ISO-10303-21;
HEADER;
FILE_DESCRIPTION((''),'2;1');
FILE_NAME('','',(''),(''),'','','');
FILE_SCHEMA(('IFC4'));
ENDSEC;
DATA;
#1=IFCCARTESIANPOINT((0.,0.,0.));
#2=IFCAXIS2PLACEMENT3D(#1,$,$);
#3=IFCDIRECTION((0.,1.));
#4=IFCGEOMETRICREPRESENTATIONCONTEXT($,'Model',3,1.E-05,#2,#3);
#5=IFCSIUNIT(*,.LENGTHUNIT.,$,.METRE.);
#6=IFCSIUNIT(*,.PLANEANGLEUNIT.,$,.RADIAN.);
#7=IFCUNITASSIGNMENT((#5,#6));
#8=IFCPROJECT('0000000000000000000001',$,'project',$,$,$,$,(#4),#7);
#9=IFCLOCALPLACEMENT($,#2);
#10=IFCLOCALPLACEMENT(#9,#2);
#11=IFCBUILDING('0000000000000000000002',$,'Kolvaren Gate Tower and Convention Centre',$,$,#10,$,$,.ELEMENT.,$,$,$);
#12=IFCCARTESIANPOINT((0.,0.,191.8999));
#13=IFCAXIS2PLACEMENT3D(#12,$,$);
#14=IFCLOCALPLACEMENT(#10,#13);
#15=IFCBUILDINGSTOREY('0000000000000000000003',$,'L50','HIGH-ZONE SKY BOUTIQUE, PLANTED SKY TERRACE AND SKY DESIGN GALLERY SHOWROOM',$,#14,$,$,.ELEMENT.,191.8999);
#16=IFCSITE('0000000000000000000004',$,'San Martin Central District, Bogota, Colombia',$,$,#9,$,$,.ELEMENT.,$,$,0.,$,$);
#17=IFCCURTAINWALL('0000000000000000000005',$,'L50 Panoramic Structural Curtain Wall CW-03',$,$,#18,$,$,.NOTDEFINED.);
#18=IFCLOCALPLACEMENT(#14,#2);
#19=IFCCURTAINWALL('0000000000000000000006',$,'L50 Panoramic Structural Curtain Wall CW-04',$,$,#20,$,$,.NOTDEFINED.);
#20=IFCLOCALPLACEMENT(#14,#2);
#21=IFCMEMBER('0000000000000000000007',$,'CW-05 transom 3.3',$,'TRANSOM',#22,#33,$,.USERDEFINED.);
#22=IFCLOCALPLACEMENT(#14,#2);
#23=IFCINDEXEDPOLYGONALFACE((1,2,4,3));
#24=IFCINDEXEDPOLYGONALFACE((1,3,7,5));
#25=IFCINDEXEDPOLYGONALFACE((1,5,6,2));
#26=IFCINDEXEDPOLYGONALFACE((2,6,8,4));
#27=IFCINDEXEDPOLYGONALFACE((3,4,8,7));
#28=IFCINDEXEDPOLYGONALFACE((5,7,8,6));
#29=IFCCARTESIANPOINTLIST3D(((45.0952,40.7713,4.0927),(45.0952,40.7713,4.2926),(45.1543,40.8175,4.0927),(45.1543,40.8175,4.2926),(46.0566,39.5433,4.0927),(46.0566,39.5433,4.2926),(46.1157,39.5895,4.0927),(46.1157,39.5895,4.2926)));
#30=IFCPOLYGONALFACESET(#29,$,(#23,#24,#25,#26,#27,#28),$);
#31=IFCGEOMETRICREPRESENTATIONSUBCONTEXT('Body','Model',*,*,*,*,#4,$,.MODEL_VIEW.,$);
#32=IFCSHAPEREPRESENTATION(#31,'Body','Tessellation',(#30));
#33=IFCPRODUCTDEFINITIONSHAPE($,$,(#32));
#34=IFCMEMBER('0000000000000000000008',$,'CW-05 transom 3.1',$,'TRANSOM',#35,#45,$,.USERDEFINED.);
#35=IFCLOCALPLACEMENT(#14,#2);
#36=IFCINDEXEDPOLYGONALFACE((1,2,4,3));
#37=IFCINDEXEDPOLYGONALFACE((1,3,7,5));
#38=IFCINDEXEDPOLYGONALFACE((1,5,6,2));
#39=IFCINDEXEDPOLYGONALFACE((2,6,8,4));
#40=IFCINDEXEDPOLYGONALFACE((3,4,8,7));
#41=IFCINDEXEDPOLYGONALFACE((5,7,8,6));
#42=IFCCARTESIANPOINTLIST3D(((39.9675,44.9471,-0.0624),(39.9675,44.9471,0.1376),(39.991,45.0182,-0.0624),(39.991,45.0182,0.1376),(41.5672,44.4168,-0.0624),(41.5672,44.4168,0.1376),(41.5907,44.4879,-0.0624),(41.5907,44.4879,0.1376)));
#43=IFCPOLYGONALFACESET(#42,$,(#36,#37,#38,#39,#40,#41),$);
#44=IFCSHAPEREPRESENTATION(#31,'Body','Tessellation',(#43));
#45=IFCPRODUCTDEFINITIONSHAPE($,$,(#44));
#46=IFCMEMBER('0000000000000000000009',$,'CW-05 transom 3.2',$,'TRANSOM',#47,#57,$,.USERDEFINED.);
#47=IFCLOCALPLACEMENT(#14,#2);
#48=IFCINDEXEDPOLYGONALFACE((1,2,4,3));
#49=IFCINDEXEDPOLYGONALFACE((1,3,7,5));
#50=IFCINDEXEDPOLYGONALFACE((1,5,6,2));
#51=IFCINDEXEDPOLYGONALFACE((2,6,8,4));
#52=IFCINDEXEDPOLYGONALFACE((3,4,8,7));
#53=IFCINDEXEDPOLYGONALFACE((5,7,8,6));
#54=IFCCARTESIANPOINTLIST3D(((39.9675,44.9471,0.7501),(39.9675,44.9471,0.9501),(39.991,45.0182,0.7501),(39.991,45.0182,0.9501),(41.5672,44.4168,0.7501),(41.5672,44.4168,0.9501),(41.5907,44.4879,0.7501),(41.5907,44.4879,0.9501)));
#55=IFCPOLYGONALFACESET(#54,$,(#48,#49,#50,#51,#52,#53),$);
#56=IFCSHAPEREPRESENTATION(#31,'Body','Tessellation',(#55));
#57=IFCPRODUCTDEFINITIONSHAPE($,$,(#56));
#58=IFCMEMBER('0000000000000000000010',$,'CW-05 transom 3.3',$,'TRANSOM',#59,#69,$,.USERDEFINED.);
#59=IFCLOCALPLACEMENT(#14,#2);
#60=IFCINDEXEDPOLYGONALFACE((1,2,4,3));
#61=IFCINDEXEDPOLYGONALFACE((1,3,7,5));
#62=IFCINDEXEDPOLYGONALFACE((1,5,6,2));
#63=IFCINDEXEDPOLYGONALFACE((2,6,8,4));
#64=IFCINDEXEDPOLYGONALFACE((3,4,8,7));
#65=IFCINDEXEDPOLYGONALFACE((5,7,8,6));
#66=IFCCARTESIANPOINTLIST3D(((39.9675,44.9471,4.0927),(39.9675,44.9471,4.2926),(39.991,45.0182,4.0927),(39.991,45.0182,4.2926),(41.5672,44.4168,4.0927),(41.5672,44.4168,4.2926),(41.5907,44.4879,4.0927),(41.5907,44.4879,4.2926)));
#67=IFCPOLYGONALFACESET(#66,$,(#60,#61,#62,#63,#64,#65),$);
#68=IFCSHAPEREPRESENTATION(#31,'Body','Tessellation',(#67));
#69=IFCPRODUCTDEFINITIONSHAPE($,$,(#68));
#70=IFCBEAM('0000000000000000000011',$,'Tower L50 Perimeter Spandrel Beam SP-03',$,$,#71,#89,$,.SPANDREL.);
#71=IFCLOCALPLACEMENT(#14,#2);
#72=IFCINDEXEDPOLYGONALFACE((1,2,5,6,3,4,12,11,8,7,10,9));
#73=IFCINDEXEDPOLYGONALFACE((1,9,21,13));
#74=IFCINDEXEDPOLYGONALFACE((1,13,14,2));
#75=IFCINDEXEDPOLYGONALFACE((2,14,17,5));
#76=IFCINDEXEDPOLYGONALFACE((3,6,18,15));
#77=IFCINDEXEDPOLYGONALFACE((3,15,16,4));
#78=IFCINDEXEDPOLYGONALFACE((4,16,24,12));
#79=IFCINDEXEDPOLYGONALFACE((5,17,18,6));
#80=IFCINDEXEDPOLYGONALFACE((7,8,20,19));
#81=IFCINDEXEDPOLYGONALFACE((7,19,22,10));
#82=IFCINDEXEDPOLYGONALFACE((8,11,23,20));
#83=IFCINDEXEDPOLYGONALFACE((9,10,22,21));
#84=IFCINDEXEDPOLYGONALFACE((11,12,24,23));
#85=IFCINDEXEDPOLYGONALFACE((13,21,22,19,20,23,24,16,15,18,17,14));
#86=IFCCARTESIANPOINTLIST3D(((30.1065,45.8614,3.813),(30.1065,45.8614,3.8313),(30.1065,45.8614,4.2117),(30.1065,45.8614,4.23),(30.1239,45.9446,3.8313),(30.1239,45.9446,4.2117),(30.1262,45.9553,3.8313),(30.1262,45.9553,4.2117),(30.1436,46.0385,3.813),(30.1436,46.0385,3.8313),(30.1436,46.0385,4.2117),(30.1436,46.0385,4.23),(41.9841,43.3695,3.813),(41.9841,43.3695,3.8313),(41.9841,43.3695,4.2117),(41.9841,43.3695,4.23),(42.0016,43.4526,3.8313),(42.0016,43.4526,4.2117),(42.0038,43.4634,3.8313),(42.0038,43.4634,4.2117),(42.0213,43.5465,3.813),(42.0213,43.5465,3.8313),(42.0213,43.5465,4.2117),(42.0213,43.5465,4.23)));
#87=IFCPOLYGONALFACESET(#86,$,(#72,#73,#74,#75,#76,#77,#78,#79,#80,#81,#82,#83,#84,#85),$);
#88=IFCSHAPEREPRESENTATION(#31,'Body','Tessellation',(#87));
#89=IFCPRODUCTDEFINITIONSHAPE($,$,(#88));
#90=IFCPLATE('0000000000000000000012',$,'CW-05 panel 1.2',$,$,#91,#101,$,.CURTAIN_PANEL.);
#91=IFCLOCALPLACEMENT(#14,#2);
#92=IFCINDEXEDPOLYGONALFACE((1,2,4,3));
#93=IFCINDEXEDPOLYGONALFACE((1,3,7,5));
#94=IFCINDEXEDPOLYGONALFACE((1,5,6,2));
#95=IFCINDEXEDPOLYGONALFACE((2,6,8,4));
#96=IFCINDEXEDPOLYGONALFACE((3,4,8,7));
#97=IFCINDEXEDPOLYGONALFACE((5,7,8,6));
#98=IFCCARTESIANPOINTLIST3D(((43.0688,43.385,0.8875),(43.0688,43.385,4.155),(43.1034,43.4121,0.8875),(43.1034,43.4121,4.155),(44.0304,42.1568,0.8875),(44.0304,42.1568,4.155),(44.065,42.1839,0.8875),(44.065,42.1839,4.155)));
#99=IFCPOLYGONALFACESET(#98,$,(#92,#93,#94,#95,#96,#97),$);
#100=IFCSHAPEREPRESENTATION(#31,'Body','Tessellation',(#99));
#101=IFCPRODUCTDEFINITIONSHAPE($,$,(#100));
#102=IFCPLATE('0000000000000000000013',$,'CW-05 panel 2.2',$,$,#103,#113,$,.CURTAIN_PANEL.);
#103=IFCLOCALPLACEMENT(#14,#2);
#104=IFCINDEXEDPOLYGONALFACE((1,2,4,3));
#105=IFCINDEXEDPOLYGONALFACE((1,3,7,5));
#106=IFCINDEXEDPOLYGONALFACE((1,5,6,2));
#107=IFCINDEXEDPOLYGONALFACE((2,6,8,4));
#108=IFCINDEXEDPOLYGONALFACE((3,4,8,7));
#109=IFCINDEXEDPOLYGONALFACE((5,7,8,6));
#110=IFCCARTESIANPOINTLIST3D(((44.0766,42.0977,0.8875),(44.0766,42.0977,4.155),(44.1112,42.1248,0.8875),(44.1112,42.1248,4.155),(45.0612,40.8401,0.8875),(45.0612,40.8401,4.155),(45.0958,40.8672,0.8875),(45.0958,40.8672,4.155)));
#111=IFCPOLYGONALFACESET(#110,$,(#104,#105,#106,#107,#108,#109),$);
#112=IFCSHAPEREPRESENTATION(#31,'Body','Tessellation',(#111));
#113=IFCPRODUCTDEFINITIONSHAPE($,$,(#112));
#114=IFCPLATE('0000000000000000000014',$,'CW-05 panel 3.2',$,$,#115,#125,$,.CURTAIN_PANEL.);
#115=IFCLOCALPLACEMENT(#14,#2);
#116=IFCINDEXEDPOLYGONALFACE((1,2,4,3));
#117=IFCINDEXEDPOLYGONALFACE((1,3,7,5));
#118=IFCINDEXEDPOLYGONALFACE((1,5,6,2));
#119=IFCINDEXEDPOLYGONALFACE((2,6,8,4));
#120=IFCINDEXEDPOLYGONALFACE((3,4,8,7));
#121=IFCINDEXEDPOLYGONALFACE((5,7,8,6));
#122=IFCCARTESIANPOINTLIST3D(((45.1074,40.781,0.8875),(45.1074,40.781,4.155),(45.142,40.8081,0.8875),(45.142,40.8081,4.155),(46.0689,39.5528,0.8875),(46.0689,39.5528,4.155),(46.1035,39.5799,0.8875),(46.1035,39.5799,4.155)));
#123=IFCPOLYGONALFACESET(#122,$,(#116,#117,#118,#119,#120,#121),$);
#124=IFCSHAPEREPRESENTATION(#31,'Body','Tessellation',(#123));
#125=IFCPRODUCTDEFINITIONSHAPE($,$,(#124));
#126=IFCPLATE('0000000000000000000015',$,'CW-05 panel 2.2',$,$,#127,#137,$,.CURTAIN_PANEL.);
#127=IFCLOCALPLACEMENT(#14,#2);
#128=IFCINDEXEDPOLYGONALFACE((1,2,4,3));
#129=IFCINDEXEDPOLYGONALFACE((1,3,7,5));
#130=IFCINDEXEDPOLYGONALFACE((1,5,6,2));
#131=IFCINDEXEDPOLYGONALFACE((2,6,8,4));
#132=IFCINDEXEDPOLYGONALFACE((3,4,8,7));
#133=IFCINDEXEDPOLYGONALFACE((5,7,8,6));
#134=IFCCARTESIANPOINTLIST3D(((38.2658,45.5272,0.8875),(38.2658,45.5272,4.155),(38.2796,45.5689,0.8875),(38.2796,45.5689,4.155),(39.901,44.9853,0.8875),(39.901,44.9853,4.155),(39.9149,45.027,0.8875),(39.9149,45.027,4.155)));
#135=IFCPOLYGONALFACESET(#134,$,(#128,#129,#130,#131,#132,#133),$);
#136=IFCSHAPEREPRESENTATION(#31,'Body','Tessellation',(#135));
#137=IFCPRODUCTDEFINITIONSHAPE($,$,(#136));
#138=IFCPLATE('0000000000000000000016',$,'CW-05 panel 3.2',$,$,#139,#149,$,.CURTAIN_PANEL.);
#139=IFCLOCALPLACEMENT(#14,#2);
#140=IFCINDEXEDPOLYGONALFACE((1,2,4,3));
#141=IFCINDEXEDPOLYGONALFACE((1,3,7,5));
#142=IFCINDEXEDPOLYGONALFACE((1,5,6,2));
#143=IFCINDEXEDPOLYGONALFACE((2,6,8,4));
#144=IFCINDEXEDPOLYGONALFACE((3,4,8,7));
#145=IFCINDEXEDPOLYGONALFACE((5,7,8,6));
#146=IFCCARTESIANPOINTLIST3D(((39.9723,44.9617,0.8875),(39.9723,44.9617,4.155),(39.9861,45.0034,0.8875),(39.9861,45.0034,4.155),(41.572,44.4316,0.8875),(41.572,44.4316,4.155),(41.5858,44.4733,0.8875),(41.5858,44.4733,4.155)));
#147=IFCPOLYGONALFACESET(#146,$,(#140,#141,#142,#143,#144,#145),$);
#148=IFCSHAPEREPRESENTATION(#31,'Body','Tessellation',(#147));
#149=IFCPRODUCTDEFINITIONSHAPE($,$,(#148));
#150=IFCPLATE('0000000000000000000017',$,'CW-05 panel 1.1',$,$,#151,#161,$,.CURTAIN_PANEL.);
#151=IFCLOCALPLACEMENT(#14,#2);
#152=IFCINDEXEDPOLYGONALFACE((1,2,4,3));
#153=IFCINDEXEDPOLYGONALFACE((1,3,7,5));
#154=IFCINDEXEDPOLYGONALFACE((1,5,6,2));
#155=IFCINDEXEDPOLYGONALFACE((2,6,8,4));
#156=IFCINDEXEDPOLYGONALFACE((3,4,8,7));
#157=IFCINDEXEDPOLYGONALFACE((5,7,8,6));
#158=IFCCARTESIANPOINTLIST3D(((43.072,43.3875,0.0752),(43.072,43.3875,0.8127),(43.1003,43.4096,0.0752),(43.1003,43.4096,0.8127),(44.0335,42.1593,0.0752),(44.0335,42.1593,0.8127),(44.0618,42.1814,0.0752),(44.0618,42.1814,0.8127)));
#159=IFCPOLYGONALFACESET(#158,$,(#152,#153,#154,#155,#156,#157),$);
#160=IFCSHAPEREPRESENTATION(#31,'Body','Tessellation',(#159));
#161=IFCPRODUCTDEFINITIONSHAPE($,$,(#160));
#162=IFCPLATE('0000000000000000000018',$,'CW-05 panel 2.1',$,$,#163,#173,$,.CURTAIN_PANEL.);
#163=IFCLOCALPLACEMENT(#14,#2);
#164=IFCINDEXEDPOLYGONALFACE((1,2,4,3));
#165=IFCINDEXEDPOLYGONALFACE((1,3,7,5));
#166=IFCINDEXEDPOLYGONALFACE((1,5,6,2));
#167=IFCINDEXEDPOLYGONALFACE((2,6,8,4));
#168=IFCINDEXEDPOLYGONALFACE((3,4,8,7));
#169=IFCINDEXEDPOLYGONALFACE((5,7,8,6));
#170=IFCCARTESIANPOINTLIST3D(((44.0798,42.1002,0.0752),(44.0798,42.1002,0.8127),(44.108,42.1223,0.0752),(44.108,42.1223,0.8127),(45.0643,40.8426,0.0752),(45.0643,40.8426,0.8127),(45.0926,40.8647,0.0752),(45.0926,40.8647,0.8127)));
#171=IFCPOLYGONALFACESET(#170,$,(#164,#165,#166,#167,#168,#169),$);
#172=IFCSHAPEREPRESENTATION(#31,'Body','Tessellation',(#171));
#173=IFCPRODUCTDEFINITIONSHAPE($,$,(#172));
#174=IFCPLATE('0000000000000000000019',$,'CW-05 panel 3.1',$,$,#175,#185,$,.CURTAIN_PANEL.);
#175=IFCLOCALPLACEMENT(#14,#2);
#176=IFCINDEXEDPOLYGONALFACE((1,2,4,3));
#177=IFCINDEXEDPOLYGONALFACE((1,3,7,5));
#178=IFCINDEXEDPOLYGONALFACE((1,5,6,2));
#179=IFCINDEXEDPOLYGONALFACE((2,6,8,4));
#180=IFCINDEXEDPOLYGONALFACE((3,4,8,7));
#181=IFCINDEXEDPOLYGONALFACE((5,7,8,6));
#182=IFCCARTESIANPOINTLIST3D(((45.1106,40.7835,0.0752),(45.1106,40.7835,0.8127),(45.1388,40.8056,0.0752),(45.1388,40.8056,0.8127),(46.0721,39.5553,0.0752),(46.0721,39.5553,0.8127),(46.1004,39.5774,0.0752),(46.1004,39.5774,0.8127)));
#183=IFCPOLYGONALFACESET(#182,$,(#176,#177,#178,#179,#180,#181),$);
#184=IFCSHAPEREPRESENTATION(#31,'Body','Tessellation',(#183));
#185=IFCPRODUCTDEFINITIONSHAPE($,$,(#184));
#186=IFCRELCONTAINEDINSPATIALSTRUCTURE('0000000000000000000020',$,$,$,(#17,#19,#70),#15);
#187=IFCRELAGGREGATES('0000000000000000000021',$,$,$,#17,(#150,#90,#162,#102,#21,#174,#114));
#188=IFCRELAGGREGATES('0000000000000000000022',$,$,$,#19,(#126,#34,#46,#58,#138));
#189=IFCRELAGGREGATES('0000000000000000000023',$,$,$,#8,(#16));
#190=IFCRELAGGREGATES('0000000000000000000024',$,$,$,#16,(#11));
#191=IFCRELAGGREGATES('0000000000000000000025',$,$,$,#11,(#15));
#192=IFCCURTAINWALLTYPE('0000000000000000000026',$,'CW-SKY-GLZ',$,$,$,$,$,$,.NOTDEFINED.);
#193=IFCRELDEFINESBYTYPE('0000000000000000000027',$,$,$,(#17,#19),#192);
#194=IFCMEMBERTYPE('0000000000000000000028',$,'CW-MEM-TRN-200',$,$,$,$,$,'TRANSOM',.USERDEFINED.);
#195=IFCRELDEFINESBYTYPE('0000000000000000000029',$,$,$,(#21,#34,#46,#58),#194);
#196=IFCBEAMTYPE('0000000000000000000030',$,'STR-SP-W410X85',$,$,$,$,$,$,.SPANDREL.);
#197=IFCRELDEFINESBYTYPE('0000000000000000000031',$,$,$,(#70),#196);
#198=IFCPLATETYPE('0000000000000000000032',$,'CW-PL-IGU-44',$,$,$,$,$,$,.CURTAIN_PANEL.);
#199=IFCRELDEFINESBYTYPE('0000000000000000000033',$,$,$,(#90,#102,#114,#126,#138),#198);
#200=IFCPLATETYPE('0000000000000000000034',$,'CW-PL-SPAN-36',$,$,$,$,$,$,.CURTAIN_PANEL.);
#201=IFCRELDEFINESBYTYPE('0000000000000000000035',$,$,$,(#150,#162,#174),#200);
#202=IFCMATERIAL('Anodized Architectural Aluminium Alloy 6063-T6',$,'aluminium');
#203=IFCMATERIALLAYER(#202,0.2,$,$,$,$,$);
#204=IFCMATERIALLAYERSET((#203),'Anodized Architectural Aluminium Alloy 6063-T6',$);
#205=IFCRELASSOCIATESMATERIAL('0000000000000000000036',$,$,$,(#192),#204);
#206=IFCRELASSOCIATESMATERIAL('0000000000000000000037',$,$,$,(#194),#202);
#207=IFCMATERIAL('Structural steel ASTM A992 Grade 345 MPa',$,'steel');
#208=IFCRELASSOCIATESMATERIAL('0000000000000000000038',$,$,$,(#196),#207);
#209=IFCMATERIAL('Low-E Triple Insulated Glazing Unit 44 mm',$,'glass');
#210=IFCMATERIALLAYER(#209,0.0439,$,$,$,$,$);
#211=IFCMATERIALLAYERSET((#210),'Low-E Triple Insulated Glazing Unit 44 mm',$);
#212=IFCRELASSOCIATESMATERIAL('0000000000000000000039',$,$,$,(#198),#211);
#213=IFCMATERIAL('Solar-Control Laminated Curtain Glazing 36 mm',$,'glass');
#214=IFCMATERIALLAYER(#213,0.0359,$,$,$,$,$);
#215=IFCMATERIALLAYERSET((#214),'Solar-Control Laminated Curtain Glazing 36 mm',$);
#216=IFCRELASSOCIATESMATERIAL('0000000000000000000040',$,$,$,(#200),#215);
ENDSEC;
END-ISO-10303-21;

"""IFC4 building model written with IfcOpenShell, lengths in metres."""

from ifc_helpers import new_model, si_unit, direction, frame, origin, origin_2d, place, context, subcontext, project, spatial, rectangle, i_section, extrude, material, layer, layer_set, material_profile, profile_set, type_object, element, aggregate, save


model = new_model("IFC4")

# Units and contexts
model_context = context("Model", 3, precision=1e-05, world=origin(), true_north=direction((0.0, 1.0)))
body_context = subcontext(model_context, "Body", "Model", "MODEL_VIEW")
ifc_project = project(units=[si_unit("LENGTHUNIT", "METRE"), si_unit("PLANEANGLEUNIT", "RADIAN")], contexts=[model_context])

# Site, building, storey
site_placement = place(None, origin())
site = spatial("IfcSite", under=ifc_project, at=site_placement, Name="San Martin Central District, Bogota, Colombia", CompositionType="ELEMENT", RefElevation=0.0)
building_placement = place(site_placement, origin())
building = spatial("IfcBuilding", under=site, at=building_placement, Name="Kolvaren Gate Tower and Convention Centre", CompositionType="ELEMENT")
storey_placement = place(building_placement, frame((0.0, 0.0, 191.8999)))
storey = spatial("IfcBuildingStorey", under=building, at=storey_placement, Name="L50", Description="HIGH-ZONE SKY BOUTIQUE, PLANTED SKY TERRACE AND SKY DESIGN GALLERY SHOWROOM", CompositionType="ELEMENT", Elevation=191.8999)

# Curtain walls
ifc_material_1 = material(Name="Anodized Architectural Aluminium Alloy 6063-T6", Category="aluminium")
ifc_layer_1 = layer(ifc_material_1, 0.2)
ifc_layer_set_1 = layer_set([ifc_layer_1], Name="Anodized Architectural Aluminium Alloy 6063-T6")
curtain_wall_type = type_object("IfcCurtainWallType", Name="CW-SKY-GLZ", PredefinedType="NOTDEFINED", material=ifc_layer_set_1)
curtain_wall_1_placement = place(storey_placement, origin())
curtain_wall_1 = element("IfcCurtainWall", 1, at=curtain_wall_1_placement, inside=storey, type_object=curtain_wall_type, Name="L50 Panoramic Structural Curtain Wall CW-03", PredefinedType="NOTDEFINED")
curtain_wall_2_placement = place(storey_placement, origin())
curtain_wall_2 = element("IfcCurtainWall", 2, at=curtain_wall_2_placement, inside=storey, type_object=curtain_wall_type, Name="L50 Panoramic Structural Curtain Wall CW-04", PredefinedType="NOTDEFINED")

# Members
ifc_material_profile_1 = material_profile(ifc_material_1, rectangle(XDim=0.075, YDim=0.2, at=origin_2d()), Name="CW-MEM-TRN-200")
ifc_profile_set_1 = profile_set([ifc_material_profile_1], Name="Anodized Architectural Aluminium Alloy 6063-T6")
member_type_1 = type_object("IfcMemberType", Name="CW-MEM-TRN-200", ElementType="TRANSOM", PredefinedType="USERDEFINED", material=ifc_profile_set_1)
member_1_placement = place(storey_placement, frame((45.1248, 40.7944, 4.1926), z_axis=(0.616452, -0.787393, 0.0), x_axis=(0.787393, 0.616452, 0.0)))
member_1 = element("IfcMember", 3, at=member_1_placement, type_object=member_type_1, Name="CW-05 transom 3.3", ObjectType="TRANSOM", PredefinedType="USERDEFINED", context=body_context, shape_type="SweptSolid", body=[
    extrude(rectangle(XDim=0.075, YDim=0.2, at=origin_2d()), origin(), (0.0, 0.0, 1.0), 1.5596),
])
member_2_placement = place(storey_placement, frame((39.9792, 44.9827, 0.0376), z_axis=(0.949204, -0.314663, 0.0), x_axis=(0.314663, 0.949204, 0.0)))
member_2 = element("IfcMember", 4, at=member_2_placement, type_object=member_type_1, Name="CW-05 transom 3.1", ObjectType="TRANSOM", PredefinedType="USERDEFINED", context=body_context, shape_type="SweptSolid", body=[
    extrude(rectangle(XDim=0.075, YDim=0.2, at=origin_2d()), origin(), (0.0, 0.0, 1.0), 1.6853),
])
member_3_placement = place(storey_placement, frame((39.9792, 44.9827, 0.8501), z_axis=(0.949204, -0.314663, 0.0), x_axis=(0.314663, 0.949204, 0.0)))
member_3 = element("IfcMember", 5, at=member_3_placement, type_object=member_type_1, Name="CW-05 transom 3.2", ObjectType="TRANSOM", PredefinedType="USERDEFINED", context=body_context, shape_type="SweptSolid", body=[
    extrude(rectangle(XDim=0.075, YDim=0.2, at=origin_2d()), origin(), (0.0, 0.0, 1.0), 1.6853),
])
member_4_placement = place(storey_placement, frame((39.9792, 44.9827, 4.1926), z_axis=(0.949204, -0.314663, 0.0), x_axis=(0.314663, 0.949204, 0.0)))
member_4 = element("IfcMember", 6, at=member_4_placement, type_object=member_type_1, Name="CW-05 transom 3.3", ObjectType="TRANSOM", PredefinedType="USERDEFINED", context=body_context, shape_type="SweptSolid", body=[
    extrude(rectangle(XDim=0.075, YDim=0.2, at=origin_2d()), origin(), (0.0, 0.0, 1.0), 1.6853),
])

# Beam
ifc_material_2 = material(Name="Structural steel ASTM A992 Grade 345 MPa", Category="steel")
ifc_material_profile_2 = material_profile(ifc_material_2, i_section(OverallWidth=0.1809, OverallDepth=0.417, WebThickness=0.011, FlangeThickness=0.0183, at=origin_2d()), Name="W410X85")
ifc_profile_set_2 = profile_set([ifc_material_profile_2], Name="Structural steel ASTM A992 Grade 345 MPa")
beam_type = type_object("IfcBeamType", Name="STR-SP-W410X85", PredefinedType="SPANDREL", material=ifc_profile_set_2)
beam_placement = place(storey_placement, frame((42.0027, 43.458, 4.0215), z_axis=(-0.978693, 0.20533, 0.0), x_axis=(-0.20533, -0.978693, 0.0)))
element("IfcBeam", 7, at=beam_placement, inside=storey, type_object=beam_type, Name="Tower L50 Perimeter Spandrel Beam SP-03", PredefinedType="SPANDREL", context=body_context, shape_type="SweptSolid", body=[
    extrude(i_section(OverallWidth=0.1809, OverallDepth=0.417, WebThickness=0.011, FlangeThickness=0.0183, at=origin_2d()), origin(), (0.0, 0.0, 1.0), 12.1362),
])

# Plates
ifc_material_3 = material(Name="Low-E Triple Insulated Glazing Unit 44 mm", Category="glass")
ifc_layer_2 = layer(ifc_material_3, 0.0439)
ifc_layer_set_2 = layer_set([ifc_layer_2], Name="Low-E Triple Insulated Glazing Unit 44 mm")
plate_type_1 = type_object("IfcPlateType", Name="CW-PL-IGU-44", PredefinedType="CURTAIN_PANEL", material=ifc_layer_set_2)
plate_1_placement = place(storey_placement, frame((43.5669, 42.7844, 0.8875), z_axis=(0.0, 0.0, 1.0), x_axis=(0.616437, -0.787404, 0.0)))
plate_1 = element("IfcPlate", 8, at=plate_1_placement, type_object=plate_type_1, Name="CW-05 panel 1.2", PredefinedType="CURTAIN_PANEL", context=body_context, shape_type="SweptSolid", body=[
    extrude(rectangle(XDim=1.5598, YDim=0.0439, at=origin_2d()), origin(), (0.0, 0.0, 1.0), 3.2676),
])
plate_2_placement = place(storey_placement, frame((44.5862, 41.4824, 0.8875), z_axis=(0.0, 0.0, 1.0), x_axis=(0.616437, -0.787404, 0.0)))
plate_2 = element("IfcPlate", 9, at=plate_2_placement, type_object=plate_type_1, Name="CW-05 panel 2.2", PredefinedType="CURTAIN_PANEL", context=body_context, shape_type="SweptSolid", body=[
    extrude(rectangle(XDim=1.5972, YDim=0.0439, at=origin_2d()), origin(), (0.0, 0.0, 1.0), 3.2676),
])
plate_3_placement = place(storey_placement, frame((45.6055, 40.1804, 0.8875), z_axis=(0.0, 0.0, 1.0), x_axis=(0.616437, -0.787404, 0.0)))
plate_3 = element("IfcPlate", 10, at=plate_3_placement, type_object=plate_type_1, Name="CW-05 panel 3.2", PredefinedType="CURTAIN_PANEL", context=body_context, shape_type="SweptSolid", body=[
    extrude(rectangle(XDim=1.5598, YDim=0.0439, at=origin_2d()), origin(), (0.0, 0.0, 1.0), 3.2676),
])
plate_4_placement = place(storey_placement, frame((39.0903, 45.2771, 0.8875), z_axis=(0.0, 0.0, 1.0), x_axis=(0.94924, -0.314553, 0.0)))
plate_4 = element("IfcPlate", 11, at=plate_4_placement, type_object=plate_type_1, Name="CW-05 panel 2.2", PredefinedType="CURTAIN_PANEL", context=body_context, shape_type="SweptSolid", body=[
    extrude(rectangle(XDim=1.7227, YDim=0.0439, at=origin_2d()), origin(), (0.0, 0.0, 1.0), 3.2676),
])
plate_5_placement = place(storey_placement, frame((40.7791, 44.7175, 0.8875), z_axis=(0.0, 0.0, 1.0), x_axis=(0.94924, -0.314553, 0.0)))
plate_5 = element("IfcPlate", 12, at=plate_5_placement, type_object=plate_type_1, Name="CW-05 panel 3.2", PredefinedType="CURTAIN_PANEL", context=body_context, shape_type="SweptSolid", body=[
    extrude(rectangle(XDim=1.6853, YDim=0.0439, at=origin_2d()), origin(), (0.0, 0.0, 1.0), 3.2676),
])
ifc_material_4 = material(Name="Solar-Control Laminated Curtain Glazing 36 mm", Category="glass")
ifc_layer_3 = layer(ifc_material_4, 0.0359)
ifc_layer_set_3 = layer_set([ifc_layer_3], Name="Solar-Control Laminated Curtain Glazing 36 mm")
plate_type_2 = type_object("IfcPlateType", Name="CW-PL-SPAN-36", PredefinedType="CURTAIN_PANEL", material=ifc_layer_set_3)
plate_6_placement = place(storey_placement, frame((43.5669, 42.7844, 0.0752), z_axis=(0.0, 0.0, 1.0), x_axis=(0.616437, -0.787404, 0.0)))
plate_6 = element("IfcPlate", 13, at=plate_6_placement, type_object=plate_type_2, Name="CW-05 panel 1.1", PredefinedType="CURTAIN_PANEL", context=body_context, shape_type="SweptSolid", body=[
    extrude(rectangle(XDim=1.5598, YDim=0.0359, at=origin_2d()), origin(), (0.0, 0.0, 1.0), 0.7375),
])
plate_7_placement = place(storey_placement, frame((44.5862, 41.4824, 0.0752), z_axis=(0.0, 0.0, 1.0), x_axis=(0.616437, -0.787404, 0.0)))
plate_7 = element("IfcPlate", 14, at=plate_7_placement, type_object=plate_type_2, Name="CW-05 panel 2.1", PredefinedType="CURTAIN_PANEL", context=body_context, shape_type="SweptSolid", body=[
    extrude(rectangle(XDim=1.5972, YDim=0.0359, at=origin_2d()), origin(), (0.0, 0.0, 1.0), 0.7375),
])
plate_8_placement = place(storey_placement, frame((45.6055, 40.1804, 0.0752), z_axis=(0.0, 0.0, 1.0), x_axis=(0.616437, -0.787404, 0.0)))
plate_8 = element("IfcPlate", 15, at=plate_8_placement, type_object=plate_type_2, Name="CW-05 panel 3.1", PredefinedType="CURTAIN_PANEL", context=body_context, shape_type="SweptSolid", body=[
    extrude(rectangle(XDim=1.5598, YDim=0.0359, at=origin_2d()), origin(), (0.0, 0.0, 1.0), 0.7375),
])
aggregate(curtain_wall_1, [plate_6, plate_1, plate_7, plate_2, member_1, plate_8, plate_3])
aggregate(curtain_wall_2, [plate_4, member_2, member_3, member_4, plate_5])

save(model, "model.ifc")
